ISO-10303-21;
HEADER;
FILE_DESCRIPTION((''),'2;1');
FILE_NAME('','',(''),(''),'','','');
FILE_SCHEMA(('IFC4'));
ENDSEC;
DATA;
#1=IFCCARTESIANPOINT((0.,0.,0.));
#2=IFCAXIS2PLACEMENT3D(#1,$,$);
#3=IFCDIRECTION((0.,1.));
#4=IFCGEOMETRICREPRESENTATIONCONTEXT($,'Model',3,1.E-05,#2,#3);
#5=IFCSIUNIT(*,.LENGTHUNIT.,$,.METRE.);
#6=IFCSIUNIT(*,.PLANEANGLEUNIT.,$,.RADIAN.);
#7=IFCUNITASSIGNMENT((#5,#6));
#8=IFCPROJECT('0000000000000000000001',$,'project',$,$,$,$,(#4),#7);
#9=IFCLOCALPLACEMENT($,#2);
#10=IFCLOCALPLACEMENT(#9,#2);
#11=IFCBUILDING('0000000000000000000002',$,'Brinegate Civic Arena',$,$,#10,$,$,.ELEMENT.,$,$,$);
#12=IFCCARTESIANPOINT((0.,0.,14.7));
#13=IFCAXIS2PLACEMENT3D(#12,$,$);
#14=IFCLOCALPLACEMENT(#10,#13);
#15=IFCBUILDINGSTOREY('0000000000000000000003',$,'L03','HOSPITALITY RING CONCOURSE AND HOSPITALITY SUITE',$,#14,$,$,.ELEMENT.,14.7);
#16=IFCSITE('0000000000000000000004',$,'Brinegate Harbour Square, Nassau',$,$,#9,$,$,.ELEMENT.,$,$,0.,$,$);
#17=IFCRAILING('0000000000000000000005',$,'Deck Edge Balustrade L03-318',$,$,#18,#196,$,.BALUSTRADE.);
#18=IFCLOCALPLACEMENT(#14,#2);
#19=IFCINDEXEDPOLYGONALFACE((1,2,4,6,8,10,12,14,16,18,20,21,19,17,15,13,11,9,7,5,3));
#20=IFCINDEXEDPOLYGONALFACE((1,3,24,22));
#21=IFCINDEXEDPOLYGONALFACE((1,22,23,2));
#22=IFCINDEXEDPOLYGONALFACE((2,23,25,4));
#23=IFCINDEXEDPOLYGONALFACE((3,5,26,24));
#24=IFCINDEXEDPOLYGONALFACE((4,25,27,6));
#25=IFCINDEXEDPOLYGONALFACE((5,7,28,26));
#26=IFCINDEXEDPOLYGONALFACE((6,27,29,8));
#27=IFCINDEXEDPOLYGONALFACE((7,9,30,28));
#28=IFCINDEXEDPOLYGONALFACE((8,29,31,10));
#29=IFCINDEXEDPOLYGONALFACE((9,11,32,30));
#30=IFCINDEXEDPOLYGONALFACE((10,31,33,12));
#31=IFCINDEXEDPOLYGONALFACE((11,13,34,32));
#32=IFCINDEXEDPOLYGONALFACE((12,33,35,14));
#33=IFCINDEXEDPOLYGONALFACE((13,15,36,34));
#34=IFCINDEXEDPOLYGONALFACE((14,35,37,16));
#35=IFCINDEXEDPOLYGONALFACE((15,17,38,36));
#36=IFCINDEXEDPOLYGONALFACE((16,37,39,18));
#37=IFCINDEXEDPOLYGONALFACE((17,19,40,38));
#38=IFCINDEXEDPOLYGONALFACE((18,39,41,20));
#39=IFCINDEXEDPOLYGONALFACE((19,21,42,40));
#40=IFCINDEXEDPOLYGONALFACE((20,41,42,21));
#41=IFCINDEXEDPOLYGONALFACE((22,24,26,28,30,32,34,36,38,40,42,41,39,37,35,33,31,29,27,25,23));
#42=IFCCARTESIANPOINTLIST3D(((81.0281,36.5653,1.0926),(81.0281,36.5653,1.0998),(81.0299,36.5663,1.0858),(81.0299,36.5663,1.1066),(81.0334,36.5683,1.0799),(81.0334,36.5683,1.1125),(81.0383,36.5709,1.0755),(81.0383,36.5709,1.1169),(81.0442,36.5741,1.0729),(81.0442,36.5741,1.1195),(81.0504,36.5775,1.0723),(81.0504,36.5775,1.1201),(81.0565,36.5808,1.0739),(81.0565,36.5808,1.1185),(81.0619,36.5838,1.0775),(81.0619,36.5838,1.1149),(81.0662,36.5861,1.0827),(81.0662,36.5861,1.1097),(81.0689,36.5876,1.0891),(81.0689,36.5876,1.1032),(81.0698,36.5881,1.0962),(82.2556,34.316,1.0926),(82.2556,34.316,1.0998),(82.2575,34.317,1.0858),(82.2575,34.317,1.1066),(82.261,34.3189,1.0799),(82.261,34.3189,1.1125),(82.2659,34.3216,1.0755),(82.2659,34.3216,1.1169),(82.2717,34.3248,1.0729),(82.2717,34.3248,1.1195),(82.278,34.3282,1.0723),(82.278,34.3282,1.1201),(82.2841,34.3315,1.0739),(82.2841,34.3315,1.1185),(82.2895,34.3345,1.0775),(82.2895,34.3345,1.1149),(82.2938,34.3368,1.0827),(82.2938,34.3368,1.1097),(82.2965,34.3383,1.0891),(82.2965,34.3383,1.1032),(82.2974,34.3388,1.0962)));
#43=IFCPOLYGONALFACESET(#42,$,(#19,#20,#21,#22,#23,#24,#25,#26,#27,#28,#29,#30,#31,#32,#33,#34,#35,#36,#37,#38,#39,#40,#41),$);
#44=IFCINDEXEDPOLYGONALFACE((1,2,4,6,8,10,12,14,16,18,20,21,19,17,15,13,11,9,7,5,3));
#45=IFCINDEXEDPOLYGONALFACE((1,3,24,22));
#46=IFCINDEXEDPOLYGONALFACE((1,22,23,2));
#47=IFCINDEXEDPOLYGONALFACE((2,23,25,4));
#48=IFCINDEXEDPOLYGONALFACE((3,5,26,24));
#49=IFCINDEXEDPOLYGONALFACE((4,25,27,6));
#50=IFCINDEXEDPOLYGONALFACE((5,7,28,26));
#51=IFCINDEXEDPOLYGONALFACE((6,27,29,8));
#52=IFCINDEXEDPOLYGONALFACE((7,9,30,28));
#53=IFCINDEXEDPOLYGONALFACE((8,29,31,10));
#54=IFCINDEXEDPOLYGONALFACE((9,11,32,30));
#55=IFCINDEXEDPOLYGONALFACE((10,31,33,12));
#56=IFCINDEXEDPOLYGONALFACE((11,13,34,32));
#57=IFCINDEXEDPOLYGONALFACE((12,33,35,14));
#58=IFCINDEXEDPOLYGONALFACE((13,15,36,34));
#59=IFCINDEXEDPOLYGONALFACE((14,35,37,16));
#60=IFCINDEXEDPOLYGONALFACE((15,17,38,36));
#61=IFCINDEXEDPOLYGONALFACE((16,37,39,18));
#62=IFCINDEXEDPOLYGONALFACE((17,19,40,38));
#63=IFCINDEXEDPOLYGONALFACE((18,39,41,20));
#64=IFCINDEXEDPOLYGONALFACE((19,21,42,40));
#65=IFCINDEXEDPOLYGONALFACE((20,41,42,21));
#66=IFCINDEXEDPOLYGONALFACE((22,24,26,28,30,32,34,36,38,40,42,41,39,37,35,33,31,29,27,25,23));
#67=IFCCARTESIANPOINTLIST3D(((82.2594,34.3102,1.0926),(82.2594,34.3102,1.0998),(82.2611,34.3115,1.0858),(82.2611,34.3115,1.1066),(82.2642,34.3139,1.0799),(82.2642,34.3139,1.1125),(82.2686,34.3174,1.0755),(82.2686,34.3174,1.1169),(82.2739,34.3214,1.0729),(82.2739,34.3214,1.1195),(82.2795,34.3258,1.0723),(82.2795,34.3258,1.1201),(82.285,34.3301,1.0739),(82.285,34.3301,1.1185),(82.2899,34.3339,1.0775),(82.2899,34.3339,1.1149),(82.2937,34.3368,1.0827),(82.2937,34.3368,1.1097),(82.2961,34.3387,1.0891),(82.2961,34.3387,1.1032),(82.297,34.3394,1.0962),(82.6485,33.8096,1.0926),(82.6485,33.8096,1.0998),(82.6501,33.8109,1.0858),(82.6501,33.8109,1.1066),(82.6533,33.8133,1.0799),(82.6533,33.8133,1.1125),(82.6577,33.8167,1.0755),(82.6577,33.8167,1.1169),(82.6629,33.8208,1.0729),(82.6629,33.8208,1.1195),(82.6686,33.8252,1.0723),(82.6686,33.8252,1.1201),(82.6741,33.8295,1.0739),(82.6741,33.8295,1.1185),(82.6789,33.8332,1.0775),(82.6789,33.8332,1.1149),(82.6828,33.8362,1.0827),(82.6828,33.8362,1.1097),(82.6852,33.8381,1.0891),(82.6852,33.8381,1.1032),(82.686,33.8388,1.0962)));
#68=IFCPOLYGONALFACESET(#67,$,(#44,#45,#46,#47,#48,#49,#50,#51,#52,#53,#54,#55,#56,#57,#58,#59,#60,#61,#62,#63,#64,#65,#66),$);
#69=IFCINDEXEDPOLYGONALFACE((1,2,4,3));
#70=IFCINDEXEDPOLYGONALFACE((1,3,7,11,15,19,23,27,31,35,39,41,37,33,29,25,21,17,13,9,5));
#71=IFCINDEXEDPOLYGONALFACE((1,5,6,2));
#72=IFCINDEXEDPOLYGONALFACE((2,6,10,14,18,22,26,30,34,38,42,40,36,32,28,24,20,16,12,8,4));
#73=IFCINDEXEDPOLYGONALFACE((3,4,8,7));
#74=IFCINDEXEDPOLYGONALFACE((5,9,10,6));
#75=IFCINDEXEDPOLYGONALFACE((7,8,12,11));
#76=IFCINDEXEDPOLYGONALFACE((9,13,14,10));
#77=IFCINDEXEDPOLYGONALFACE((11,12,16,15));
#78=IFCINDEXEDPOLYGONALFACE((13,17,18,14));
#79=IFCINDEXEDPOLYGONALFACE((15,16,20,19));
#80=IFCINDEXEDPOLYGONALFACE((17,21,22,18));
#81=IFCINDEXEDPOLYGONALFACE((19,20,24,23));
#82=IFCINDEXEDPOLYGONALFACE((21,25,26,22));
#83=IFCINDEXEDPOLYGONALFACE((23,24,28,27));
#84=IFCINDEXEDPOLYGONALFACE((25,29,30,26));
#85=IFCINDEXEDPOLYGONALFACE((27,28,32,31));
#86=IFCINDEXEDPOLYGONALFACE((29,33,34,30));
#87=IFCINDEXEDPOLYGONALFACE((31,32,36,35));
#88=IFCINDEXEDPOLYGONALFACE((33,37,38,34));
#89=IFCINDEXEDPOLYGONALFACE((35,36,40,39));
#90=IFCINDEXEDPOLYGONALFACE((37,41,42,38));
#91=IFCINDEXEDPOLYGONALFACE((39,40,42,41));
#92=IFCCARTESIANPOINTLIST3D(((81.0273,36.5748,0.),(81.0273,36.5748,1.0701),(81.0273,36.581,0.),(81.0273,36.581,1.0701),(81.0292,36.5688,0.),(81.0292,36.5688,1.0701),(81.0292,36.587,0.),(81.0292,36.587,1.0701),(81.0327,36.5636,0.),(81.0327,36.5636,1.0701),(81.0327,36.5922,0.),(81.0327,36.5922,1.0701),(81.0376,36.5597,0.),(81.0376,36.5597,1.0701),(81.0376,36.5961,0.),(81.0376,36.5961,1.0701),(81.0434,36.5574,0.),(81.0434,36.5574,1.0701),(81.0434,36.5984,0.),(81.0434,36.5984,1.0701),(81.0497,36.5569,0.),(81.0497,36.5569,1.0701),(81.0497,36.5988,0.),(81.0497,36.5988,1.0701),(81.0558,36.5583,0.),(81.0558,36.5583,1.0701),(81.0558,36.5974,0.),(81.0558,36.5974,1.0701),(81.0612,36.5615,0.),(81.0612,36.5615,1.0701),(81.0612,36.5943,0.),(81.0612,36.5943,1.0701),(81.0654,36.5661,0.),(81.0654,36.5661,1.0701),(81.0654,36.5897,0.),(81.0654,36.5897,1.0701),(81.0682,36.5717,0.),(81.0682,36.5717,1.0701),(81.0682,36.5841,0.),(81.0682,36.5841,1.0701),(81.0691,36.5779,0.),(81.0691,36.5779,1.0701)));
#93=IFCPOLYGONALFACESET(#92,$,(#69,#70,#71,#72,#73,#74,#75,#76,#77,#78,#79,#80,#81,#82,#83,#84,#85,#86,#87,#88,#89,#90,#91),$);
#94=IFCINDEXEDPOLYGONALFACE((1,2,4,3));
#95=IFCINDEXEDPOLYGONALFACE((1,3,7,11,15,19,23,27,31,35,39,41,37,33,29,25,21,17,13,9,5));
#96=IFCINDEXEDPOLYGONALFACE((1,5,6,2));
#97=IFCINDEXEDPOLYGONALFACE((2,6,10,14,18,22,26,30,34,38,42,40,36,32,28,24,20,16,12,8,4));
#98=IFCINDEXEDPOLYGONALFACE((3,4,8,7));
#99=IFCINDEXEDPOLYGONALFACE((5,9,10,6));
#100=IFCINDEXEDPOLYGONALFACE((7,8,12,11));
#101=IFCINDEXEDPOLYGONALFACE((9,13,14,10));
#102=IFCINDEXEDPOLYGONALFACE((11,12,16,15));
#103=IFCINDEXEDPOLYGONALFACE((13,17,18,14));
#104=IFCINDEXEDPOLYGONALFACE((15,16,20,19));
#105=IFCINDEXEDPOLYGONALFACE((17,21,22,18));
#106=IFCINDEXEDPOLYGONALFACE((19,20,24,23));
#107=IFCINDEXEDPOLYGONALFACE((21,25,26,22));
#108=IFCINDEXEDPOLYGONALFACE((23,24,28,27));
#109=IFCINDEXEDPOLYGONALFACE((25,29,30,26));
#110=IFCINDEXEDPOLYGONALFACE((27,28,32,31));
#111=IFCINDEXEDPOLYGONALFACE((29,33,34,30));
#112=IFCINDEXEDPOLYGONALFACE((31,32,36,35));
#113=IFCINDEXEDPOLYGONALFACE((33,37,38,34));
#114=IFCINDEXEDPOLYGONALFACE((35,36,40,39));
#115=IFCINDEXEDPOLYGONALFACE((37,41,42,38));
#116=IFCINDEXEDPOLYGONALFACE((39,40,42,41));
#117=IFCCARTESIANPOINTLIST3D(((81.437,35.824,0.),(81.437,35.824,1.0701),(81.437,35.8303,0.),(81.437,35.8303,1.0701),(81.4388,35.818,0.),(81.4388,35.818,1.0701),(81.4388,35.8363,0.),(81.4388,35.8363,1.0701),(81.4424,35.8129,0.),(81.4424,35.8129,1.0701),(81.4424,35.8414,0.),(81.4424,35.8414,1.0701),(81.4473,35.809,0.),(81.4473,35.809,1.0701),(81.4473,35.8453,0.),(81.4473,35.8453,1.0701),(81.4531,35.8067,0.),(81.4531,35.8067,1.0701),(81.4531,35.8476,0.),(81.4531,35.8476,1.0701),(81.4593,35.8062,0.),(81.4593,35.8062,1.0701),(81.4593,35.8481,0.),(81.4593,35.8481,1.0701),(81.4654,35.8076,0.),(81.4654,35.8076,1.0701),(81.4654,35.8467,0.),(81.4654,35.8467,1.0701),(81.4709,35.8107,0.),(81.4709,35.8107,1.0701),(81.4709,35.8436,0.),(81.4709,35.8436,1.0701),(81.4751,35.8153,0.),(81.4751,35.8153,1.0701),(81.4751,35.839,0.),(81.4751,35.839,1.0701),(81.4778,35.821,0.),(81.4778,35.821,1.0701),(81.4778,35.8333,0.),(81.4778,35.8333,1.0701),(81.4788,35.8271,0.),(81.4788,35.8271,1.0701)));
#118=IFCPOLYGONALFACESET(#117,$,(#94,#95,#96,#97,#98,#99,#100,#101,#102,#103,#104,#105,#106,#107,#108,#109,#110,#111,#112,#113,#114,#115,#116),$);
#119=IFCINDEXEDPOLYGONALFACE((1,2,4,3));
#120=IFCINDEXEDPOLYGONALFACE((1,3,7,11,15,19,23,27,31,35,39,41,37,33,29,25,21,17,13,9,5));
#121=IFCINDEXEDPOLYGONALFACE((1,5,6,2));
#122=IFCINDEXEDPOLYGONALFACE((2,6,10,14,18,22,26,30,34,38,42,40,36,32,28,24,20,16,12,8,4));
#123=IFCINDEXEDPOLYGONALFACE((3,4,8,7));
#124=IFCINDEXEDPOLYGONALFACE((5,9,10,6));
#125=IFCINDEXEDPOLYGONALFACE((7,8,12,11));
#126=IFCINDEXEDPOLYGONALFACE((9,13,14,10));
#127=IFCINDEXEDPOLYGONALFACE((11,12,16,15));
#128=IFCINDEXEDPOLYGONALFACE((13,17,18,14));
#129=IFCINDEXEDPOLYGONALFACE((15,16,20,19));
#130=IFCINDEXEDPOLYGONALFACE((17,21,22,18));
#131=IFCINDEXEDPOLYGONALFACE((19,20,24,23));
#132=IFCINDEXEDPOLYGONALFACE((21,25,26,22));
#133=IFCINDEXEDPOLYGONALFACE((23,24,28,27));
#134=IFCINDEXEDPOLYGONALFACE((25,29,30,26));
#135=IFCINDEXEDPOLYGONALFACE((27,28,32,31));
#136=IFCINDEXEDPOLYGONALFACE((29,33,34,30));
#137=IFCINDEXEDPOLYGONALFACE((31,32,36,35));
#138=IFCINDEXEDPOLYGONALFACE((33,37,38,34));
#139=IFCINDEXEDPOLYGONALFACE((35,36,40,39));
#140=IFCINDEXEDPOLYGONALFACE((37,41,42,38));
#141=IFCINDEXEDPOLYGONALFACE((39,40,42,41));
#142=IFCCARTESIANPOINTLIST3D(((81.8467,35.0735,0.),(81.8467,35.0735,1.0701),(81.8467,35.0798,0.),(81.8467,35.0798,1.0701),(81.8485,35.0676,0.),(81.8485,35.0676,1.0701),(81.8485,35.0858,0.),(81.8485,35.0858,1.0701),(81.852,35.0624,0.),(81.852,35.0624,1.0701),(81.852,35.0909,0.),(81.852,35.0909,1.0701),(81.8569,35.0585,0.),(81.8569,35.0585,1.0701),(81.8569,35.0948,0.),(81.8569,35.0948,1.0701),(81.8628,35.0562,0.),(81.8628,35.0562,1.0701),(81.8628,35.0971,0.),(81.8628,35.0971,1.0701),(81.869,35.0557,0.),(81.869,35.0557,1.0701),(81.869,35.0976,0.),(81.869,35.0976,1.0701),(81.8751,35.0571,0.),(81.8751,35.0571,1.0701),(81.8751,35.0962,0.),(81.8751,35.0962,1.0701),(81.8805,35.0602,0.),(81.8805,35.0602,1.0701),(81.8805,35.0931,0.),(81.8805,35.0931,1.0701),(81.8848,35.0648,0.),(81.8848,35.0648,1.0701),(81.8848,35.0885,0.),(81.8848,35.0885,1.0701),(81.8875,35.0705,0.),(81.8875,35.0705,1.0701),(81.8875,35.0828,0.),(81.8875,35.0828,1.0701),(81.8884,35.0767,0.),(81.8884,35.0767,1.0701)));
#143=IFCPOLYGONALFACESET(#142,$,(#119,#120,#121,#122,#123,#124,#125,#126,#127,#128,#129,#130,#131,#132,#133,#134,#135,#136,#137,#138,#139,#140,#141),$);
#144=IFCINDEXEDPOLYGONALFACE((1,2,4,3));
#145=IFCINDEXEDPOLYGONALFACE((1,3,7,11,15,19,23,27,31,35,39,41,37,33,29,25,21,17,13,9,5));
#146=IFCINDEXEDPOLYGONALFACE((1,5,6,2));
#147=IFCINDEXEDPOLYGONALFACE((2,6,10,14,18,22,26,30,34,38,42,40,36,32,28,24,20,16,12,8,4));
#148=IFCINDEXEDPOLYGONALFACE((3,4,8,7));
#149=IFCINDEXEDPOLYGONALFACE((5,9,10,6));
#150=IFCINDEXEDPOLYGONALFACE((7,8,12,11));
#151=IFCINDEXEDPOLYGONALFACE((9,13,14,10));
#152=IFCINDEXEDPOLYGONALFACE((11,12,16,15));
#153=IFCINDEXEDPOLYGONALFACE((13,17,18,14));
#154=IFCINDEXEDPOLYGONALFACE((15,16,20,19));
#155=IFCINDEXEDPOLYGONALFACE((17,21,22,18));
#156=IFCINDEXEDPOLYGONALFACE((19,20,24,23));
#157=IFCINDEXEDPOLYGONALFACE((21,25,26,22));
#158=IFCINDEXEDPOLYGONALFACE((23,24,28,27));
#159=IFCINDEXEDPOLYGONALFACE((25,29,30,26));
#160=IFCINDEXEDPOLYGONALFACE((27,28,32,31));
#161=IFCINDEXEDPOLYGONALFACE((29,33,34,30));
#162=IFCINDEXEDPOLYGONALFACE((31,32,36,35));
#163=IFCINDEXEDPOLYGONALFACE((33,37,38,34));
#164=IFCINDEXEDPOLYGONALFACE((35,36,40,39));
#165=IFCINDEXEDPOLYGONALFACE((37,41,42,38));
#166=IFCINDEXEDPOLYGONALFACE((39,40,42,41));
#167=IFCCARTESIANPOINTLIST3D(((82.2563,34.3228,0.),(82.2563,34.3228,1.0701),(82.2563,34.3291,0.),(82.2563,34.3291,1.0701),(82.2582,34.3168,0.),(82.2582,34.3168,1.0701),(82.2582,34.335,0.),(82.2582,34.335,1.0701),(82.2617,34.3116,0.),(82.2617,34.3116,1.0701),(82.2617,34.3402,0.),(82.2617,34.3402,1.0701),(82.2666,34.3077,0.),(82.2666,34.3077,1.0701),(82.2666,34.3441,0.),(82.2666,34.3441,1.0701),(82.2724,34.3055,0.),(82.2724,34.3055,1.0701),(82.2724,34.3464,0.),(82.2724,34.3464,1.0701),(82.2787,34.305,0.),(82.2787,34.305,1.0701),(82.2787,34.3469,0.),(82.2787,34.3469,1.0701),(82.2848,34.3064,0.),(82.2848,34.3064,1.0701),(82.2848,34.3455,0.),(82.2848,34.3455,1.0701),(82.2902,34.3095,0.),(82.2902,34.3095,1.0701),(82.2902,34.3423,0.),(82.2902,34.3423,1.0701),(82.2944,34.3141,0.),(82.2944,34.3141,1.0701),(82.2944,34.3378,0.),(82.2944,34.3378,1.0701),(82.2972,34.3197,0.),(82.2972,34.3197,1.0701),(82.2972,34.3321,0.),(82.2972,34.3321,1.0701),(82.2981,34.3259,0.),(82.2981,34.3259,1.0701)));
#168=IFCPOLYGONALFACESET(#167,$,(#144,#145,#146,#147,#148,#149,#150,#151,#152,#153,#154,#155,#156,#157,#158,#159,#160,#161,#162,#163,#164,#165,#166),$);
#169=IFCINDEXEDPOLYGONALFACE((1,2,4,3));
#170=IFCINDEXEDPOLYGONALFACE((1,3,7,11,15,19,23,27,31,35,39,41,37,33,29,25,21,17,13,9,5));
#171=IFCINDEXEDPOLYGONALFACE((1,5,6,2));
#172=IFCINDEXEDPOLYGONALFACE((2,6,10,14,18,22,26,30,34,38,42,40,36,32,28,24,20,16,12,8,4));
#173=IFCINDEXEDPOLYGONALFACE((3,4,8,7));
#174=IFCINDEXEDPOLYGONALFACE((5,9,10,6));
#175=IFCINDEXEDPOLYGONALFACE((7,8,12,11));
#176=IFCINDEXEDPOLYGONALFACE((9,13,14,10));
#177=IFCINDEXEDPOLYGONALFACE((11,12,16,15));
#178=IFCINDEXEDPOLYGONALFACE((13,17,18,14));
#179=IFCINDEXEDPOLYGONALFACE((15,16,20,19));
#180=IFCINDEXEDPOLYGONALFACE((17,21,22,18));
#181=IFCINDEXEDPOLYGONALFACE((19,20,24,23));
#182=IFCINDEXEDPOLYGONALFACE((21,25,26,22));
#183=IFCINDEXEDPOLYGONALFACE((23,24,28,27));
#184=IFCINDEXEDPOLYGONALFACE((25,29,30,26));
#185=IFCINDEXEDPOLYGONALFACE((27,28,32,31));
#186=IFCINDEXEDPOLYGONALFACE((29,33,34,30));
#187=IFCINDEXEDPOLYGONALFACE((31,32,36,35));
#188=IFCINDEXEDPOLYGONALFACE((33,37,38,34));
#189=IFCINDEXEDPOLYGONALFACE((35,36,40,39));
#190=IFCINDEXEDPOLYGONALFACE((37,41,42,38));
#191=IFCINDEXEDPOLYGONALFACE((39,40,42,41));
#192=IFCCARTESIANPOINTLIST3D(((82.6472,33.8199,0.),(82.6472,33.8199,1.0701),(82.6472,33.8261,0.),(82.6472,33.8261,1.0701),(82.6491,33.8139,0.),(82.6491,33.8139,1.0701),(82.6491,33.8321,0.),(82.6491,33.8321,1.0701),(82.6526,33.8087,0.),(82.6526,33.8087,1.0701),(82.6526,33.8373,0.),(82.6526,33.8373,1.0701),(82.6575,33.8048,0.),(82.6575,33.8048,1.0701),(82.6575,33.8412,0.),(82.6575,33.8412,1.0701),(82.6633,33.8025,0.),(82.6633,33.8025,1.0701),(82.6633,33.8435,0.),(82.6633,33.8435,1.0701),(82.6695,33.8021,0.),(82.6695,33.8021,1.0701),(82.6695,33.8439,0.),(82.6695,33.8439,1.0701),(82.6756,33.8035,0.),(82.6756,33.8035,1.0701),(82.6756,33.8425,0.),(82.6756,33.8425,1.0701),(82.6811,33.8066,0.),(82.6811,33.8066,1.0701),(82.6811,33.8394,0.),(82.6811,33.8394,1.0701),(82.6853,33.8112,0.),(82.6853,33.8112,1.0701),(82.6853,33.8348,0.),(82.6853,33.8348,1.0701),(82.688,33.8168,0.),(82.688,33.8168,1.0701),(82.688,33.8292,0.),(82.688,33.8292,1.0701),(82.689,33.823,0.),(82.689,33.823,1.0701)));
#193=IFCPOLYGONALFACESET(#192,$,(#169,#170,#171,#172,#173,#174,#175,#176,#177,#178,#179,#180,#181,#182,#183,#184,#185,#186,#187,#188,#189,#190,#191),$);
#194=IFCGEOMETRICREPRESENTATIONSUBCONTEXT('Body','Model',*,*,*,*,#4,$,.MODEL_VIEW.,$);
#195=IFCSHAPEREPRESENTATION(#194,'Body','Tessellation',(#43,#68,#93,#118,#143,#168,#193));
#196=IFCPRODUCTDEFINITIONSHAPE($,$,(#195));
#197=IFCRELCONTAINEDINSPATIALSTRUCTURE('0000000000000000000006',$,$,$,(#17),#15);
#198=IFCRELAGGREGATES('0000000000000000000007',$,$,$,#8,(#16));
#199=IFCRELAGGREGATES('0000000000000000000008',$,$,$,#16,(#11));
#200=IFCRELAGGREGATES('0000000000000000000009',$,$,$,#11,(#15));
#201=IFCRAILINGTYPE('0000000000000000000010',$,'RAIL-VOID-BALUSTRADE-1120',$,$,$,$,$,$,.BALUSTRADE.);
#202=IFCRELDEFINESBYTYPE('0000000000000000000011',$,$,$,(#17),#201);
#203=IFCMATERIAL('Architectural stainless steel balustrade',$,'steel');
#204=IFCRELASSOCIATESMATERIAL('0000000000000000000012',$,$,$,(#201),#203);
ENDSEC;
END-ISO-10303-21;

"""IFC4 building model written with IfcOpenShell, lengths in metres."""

from ifc_helpers import new_model, si_unit, direction, frame, origin, origin_2d, place, context, subcontext, project, spatial, circle, extrude, material, type_object, element, save


model = new_model("IFC4")

# Units and contexts
model_context = context("Model", 3, precision=1e-05, world=origin(), true_north=direction((0.0, 1.0)))
body_context = subcontext(model_context, "Body", "Model", "MODEL_VIEW")
ifc_project = project(units=[si_unit("LENGTHUNIT", "METRE"), si_unit("PLANEANGLEUNIT", "RADIAN")], contexts=[model_context])

# Site, building, storey
site_placement = place(None, origin())
site = spatial("IfcSite", under=ifc_project, at=site_placement, Name="Brinegate Harbour Square, Nassau", CompositionType="ELEMENT", RefElevation=0.0)
building_placement = place(site_placement, origin())
building = spatial("IfcBuilding", under=site, at=building_placement, Name="Brinegate Civic Arena", CompositionType="ELEMENT")
storey_placement = place(building_placement, frame((0.0, 0.0, 14.7)))
storey = spatial("IfcBuildingStorey", under=building, at=storey_placement, Name="L03", Description="HOSPITALITY RING CONCOURSE AND HOSPITALITY SUITE", CompositionType="ELEMENT", Elevation=14.7)

# Railing
ifc_material_1 = material(Name="Architectural stainless steel balustrade", Category="steel")
railing_type = type_object("IfcRailingType", Name="RAIL-VOID-BALUSTRADE-1120", PredefinedType="BALUSTRADE", material=ifc_material_1)
railing_1_placement = place(storey_placement, frame((81.0481, 36.5779, 0.0)))
element("IfcRailing", 1, at=railing_1_placement, inside=storey, type_object=railing_type, Name="Deck Edge Balustrade L03-318", PredefinedType="BALUSTRADE", context=body_context, shape_type="SweptSolid", body=[
    extrude(circle(Radius=0.0239, at=origin_2d()), frame((0.0007, -0.0012, 1.0962), z_axis=(0.479052, -0.877786, 0.0), x_axis=(0.877786, 0.479052, 0.0)), (0.0, 0.0, 1.0), 2.5625),
    extrude(circle(Radius=0.0239, at=origin_2d()), frame((1.23, -2.2532, 1.0962), z_axis=(0.613649, -0.789579, 0.0), x_axis=(0.789579, 0.613649, 0.0)), (0.0, 0.0, 1.0), 0.634),
    extrude(circle(Radius=0.021, at=origin_2d()), origin(), (0.0, 0.0, 1.0), 1.0701),
    extrude(circle(Radius=0.021, at=origin_2d()), frame((0.4097, -0.7507, 0.0)), (0.0, 0.0, 1.0), 1.0701),
    extrude(circle(Radius=0.021, at=origin_2d()), frame((0.8193, -1.5012, 0.0)), (0.0, 0.0, 1.0), 1.0701),
    extrude(circle(Radius=0.021, at=origin_2d()), frame((1.229, -2.252, 0.0)), (0.0, 0.0, 1.0), 1.0701),
    extrude(circle(Radius=0.021, at=origin_2d()), frame((1.6199, -2.7549, 0.0)), (0.0, 0.0, 1.0), 1.0701),
])

save(model, "model.ifc")
